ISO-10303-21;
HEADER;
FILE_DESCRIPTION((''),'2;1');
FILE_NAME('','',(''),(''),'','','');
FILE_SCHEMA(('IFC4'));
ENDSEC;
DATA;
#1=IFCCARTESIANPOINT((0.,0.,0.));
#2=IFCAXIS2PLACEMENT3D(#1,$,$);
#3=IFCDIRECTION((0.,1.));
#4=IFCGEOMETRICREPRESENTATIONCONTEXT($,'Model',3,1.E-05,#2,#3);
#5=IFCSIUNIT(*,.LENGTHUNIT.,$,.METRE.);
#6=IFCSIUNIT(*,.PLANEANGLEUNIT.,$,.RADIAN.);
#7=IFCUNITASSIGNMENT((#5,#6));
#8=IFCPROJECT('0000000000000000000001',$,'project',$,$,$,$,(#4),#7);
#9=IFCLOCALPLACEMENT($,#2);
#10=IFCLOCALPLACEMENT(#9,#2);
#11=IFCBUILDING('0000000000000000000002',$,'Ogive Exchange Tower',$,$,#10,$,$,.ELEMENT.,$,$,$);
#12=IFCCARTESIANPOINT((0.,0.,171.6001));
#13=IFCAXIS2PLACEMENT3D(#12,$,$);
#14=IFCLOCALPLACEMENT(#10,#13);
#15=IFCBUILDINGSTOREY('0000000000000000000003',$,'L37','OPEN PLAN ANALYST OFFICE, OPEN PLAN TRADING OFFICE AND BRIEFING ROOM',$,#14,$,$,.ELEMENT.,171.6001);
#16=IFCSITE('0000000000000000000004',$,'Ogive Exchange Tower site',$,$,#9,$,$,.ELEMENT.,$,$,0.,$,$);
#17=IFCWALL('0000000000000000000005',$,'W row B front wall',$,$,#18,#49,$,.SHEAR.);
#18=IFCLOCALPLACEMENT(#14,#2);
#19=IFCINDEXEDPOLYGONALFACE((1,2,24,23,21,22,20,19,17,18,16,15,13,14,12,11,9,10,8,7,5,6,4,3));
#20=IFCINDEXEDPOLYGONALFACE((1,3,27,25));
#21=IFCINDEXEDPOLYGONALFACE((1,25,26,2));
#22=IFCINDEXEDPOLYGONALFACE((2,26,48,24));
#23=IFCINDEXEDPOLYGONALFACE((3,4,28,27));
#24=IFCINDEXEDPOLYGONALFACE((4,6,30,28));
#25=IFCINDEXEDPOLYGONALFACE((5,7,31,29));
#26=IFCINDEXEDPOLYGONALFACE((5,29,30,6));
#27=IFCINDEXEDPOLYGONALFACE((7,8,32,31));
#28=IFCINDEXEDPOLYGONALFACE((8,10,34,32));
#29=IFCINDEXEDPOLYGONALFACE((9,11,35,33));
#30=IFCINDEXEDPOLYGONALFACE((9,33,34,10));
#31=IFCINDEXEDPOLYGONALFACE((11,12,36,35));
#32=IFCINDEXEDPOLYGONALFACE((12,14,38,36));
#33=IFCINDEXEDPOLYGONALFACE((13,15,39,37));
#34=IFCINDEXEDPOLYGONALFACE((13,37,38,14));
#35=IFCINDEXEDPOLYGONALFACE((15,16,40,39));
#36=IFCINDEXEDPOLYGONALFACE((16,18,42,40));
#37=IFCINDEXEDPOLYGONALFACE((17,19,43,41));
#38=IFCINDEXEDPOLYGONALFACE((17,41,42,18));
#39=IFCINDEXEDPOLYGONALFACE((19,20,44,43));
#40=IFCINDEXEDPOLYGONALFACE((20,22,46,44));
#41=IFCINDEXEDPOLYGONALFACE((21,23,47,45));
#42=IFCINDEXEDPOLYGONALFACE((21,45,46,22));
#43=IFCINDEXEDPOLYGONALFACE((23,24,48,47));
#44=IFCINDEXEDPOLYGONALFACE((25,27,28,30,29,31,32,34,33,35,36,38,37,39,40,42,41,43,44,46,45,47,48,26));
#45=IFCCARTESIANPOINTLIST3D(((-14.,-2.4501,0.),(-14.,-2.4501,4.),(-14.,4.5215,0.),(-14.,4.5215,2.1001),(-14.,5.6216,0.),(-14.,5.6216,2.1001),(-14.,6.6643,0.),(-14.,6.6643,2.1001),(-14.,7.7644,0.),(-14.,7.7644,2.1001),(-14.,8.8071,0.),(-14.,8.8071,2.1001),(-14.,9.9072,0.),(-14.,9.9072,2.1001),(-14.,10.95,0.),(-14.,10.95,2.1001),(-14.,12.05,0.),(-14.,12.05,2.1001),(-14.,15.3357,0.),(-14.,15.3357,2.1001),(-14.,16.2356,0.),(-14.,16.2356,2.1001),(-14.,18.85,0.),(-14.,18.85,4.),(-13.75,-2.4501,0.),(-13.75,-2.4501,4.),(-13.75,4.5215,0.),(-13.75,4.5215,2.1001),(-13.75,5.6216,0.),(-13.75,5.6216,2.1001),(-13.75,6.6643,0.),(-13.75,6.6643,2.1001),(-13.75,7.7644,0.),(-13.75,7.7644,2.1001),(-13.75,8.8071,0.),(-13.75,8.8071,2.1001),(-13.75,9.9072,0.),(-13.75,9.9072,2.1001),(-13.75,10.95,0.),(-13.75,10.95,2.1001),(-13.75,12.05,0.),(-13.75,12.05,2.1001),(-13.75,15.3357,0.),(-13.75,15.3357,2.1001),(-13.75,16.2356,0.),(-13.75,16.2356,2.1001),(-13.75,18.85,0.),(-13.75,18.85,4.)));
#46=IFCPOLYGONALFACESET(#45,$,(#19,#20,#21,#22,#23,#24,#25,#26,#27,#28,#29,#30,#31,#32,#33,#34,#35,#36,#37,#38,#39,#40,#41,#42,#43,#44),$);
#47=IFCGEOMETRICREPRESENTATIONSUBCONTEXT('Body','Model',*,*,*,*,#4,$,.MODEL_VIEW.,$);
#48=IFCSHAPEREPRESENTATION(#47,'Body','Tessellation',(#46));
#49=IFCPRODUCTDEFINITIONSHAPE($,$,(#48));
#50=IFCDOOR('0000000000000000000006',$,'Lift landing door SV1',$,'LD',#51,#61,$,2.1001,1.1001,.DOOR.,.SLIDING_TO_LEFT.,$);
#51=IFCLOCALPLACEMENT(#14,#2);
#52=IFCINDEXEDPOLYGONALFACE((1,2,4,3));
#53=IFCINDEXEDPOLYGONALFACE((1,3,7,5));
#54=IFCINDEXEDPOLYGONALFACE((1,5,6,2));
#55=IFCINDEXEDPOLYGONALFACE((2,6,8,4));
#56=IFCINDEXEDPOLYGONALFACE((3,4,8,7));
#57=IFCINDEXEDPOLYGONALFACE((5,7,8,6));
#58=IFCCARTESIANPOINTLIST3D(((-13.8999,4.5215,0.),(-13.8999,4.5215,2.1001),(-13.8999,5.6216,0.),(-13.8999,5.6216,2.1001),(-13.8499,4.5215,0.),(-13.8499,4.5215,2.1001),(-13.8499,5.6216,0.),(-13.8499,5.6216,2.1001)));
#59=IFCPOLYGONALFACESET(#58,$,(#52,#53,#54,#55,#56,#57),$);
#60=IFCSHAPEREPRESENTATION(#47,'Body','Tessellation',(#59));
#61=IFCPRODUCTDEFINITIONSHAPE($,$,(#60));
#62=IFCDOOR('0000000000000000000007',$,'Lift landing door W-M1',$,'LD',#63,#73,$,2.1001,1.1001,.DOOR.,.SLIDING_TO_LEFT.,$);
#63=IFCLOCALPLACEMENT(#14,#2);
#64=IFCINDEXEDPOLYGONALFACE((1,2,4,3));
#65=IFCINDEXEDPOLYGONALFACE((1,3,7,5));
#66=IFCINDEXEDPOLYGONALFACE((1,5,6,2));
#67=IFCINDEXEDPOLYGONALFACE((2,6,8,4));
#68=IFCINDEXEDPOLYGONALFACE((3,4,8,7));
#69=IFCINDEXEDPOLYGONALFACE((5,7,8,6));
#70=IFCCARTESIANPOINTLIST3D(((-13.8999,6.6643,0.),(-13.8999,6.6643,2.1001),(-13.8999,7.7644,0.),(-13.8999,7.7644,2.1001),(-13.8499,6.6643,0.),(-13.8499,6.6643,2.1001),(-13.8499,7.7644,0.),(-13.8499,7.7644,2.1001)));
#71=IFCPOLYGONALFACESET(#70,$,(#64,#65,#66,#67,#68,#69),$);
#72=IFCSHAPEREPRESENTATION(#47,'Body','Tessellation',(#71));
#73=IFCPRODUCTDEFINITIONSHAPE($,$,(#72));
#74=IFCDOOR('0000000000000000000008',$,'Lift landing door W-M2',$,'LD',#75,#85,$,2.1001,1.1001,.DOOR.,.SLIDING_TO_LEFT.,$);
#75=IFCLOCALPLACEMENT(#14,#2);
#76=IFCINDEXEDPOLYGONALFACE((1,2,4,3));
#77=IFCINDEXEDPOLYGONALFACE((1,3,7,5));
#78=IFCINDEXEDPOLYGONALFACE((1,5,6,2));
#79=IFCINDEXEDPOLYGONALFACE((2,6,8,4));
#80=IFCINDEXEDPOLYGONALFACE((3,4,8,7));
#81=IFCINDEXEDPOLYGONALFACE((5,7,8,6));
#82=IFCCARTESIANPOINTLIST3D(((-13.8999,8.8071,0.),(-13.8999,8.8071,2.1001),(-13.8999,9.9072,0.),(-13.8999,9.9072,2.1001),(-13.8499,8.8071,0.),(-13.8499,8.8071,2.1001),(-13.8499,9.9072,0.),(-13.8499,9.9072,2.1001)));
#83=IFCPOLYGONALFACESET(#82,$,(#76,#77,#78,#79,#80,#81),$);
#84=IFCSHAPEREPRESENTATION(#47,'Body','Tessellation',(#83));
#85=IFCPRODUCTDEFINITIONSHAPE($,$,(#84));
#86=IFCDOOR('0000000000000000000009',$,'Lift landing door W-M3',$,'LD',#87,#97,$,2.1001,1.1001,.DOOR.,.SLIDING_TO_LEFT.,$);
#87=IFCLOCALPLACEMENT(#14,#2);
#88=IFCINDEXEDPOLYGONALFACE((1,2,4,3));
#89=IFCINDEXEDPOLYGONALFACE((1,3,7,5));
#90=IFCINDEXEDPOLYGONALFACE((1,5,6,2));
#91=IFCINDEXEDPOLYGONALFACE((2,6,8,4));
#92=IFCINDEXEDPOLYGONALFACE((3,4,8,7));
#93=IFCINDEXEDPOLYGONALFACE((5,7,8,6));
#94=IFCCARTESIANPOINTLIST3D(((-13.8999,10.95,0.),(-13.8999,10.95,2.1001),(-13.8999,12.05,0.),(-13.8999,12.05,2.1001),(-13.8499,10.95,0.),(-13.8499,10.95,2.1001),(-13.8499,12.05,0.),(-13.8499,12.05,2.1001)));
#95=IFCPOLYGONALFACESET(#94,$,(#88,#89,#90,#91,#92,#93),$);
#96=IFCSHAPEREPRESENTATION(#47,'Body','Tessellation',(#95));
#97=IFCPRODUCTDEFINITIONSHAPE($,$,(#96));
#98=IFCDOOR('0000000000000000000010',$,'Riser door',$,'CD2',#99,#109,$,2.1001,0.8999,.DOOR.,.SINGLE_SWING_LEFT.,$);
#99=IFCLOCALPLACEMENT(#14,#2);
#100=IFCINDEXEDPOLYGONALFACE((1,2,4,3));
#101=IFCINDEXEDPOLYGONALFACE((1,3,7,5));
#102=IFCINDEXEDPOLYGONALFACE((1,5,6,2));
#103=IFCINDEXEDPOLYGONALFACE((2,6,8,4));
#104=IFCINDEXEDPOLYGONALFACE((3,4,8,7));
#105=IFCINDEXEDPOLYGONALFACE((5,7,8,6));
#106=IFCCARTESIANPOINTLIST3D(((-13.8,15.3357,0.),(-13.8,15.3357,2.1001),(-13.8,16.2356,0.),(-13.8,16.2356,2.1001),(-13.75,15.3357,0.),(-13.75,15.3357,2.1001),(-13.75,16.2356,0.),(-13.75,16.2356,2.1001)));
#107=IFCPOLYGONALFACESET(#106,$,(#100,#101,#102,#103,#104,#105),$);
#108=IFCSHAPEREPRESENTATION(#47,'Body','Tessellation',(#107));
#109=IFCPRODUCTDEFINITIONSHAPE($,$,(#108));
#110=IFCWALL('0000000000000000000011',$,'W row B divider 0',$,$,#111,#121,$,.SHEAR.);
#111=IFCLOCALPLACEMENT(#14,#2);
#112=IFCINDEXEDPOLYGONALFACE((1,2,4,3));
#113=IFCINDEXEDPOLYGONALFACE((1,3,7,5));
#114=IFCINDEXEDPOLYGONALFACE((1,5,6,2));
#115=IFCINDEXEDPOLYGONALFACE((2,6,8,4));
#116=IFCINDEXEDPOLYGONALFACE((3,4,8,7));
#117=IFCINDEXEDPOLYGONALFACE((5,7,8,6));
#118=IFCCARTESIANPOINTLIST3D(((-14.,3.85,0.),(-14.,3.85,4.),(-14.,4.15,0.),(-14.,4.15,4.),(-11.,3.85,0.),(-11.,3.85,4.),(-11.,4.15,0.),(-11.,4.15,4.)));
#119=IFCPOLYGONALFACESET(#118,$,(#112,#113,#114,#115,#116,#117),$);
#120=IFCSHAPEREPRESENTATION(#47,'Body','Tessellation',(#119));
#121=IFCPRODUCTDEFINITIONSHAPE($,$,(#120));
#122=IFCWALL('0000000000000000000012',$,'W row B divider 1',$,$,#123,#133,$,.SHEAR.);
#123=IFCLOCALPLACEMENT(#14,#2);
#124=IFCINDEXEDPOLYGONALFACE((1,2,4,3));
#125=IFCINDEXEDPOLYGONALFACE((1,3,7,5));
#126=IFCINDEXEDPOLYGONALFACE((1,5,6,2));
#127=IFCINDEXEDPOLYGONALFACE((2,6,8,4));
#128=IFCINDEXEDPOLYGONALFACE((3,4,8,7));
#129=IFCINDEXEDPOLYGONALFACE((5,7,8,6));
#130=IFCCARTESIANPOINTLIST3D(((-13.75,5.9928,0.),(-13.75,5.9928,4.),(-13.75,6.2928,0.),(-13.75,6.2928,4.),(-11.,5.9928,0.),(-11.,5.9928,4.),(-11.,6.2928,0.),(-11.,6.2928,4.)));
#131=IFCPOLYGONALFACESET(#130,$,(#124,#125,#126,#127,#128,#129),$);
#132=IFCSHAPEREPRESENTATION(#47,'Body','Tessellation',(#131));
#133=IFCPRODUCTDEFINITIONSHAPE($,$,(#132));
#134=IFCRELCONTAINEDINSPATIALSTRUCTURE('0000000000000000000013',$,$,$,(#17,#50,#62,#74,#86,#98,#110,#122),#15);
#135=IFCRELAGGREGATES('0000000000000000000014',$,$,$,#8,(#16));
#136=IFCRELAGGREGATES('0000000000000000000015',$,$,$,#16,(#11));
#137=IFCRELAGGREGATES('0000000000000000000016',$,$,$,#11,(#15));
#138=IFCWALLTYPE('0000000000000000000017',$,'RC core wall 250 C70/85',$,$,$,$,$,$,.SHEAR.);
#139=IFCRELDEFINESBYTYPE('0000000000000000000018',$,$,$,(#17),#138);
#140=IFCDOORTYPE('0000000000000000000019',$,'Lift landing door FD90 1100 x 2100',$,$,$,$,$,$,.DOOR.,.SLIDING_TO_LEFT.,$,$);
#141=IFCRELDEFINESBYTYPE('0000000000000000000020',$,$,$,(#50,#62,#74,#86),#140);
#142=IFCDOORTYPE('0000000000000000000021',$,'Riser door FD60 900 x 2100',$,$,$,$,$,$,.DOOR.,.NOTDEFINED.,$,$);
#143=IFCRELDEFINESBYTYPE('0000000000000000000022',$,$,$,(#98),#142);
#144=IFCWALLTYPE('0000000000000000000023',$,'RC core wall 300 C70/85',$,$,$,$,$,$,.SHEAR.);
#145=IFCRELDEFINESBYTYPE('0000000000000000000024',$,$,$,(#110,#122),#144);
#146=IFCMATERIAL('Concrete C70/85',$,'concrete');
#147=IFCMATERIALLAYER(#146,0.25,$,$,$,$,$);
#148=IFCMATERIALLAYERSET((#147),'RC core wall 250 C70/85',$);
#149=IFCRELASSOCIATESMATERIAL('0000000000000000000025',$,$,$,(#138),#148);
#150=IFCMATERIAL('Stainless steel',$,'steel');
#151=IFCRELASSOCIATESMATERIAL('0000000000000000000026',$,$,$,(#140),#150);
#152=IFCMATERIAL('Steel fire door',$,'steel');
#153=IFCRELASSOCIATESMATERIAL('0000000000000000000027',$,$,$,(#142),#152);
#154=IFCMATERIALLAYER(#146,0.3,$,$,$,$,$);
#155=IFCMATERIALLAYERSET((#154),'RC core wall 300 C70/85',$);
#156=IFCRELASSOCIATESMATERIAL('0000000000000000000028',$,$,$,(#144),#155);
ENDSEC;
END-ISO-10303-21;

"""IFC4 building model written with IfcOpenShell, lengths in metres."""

from ifc_helpers import new_model, si_unit, direction, frame, frame_2d, origin, place, context, subcontext, project, spatial, rectangle, extrude, material, layer, layer_set, type_object, element, fill, save


model = new_model("IFC4")

# Units and contexts
model_context = context("Model", 3, precision=1e-05, world=origin(), true_north=direction((0.0, 1.0)))
body_context = subcontext(model_context, "Body", "Model", "MODEL_VIEW")
ifc_project = project(units=[si_unit("LENGTHUNIT", "METRE"), si_unit("PLANEANGLEUNIT", "RADIAN")], contexts=[model_context])

# Site, building, storey
site_placement = place(None, origin())
site = spatial("IfcSite", under=ifc_project, at=site_placement, Name="Ogive Exchange Tower site", CompositionType="ELEMENT", RefElevation=0.0)
building_placement = place(site_placement, origin())
building = spatial("IfcBuilding", under=site, at=building_placement, Name="Ogive Exchange Tower", CompositionType="ELEMENT")
storey_placement = place(building_placement, frame((0.0, 0.0, 171.6001)))
storey = spatial("IfcBuildingStorey", under=building, at=storey_placement, Name="L37", Description="OPEN PLAN ANALYST OFFICE, OPEN PLAN TRADING OFFICE AND BRIEFING ROOM", CompositionType="ELEMENT", Elevation=171.6001)

# Shared definitions
ifc_material_1 = material(Name="Concrete C70/85", Category="concrete")
ifc_material_2 = material(Name="Steel fire door", Category="steel")
ifc_layer_1 = layer(ifc_material_1, 0.25)
ifc_layer_set_1 = layer_set([ifc_layer_1], Name="RC core wall 250 C70/85")
wall_type_1 = type_object("IfcWallType", Name="RC core wall 250 C70/85", PredefinedType="SHEAR", material=ifc_layer_set_1)

# Wall, openings, doors
ifc_material_3 = material(Name="Stainless steel", Category="steel")
door_type_1 = type_object("IfcDoorType", Name="Lift landing door FD90 1100 x 2100", OperationType="SLIDING_TO_LEFT", PredefinedType="DOOR", material=ifc_material_3)
door_type_2 = type_object("IfcDoorType", Name="Riser door FD60 900 x 2100", OperationType="NOTDEFINED", PredefinedType="DOOR", material=ifc_material_2)
wall_1_placement = place(storey_placement, frame((-13.875, -2.45, 0.0), z_axis=(0.0, 0.0, 1.0), x_axis=(0.0, 1.0, 0.0)))
wall_1 = element("IfcWall", 1, at=wall_1_placement, inside=storey, type_object=wall_type_1, Name="W row B front wall", PredefinedType="SHEAR", context=body_context, shape_type="SweptSolid", body=[
    extrude(rectangle(XDim=21.3, YDim=0.25, at=frame_2d((10.6499, 0.0))), origin(), (0.0, 0.0, 1.0), 4.0),
])
opening_1_placement = place(wall_1_placement, frame((17.7856, 0.0, 0.0)))
opening_1 = element("IfcOpeningElement", 2, at=opening_1_placement, cuts=wall_1, PredefinedType="OPENING", context=body_context, shape_type="SweptSolid", body=[
    extrude(rectangle(XDim=0.8999, YDim=2.1001, at=frame_2d((0.45, 1.05))), frame((0.0, 0.135, 0.0), z_axis=(0.0, -1.0, 0.0), x_axis=(1.0, 0.0, 0.0)), (0.0, 0.0, 1.0), 0.27),
])
opening_2_placement = place(wall_1_placement, frame((6.9714, 0.0, 0.0)))
opening_2 = element("IfcOpeningElement", 3, at=opening_2_placement, cuts=wall_1, PredefinedType="OPENING", context=body_context, shape_type="SweptSolid", body=[
    extrude(rectangle(XDim=1.1001, YDim=2.1001, at=frame_2d((0.55, 1.05))), frame((0.0, 0.135, 0.0), z_axis=(0.0, -1.0, 0.0), x_axis=(1.0, 0.0, 0.0)), (0.0, 0.0, 1.0), 0.27),
])
opening_3_placement = place(wall_1_placement, frame((9.1143, 0.0, 0.0)))
opening_3 = element("IfcOpeningElement", 4, at=opening_3_placement, cuts=wall_1, PredefinedType="OPENING", context=body_context, shape_type="SweptSolid", body=[
    extrude(rectangle(XDim=1.1001, YDim=2.1001, at=frame_2d((0.55, 1.05))), frame((0.0, 0.135, 0.0), z_axis=(0.0, -1.0, 0.0), x_axis=(1.0, 0.0, 0.0)), (0.0, 0.0, 1.0), 0.27),
])
opening_4_placement = place(wall_1_placement, frame((11.2571, 0.0, 0.0)))
opening_4 = element("IfcOpeningElement", 5, at=opening_4_placement, cuts=wall_1, PredefinedType="OPENING", context=body_context, shape_type="SweptSolid", body=[
    extrude(rectangle(XDim=1.1001, YDim=2.1001, at=frame_2d((0.55, 1.05))), frame((0.0, 0.135, 0.0), z_axis=(0.0, -1.0, 0.0), x_axis=(1.0, 0.0, 0.0)), (0.0, 0.0, 1.0), 0.27),
])
opening_5_placement = place(wall_1_placement, frame((13.3999, 0.0, 0.0)))
opening_5 = element("IfcOpeningElement", 6, at=opening_5_placement, cuts=wall_1, PredefinedType="OPENING", context=body_context, shape_type="SweptSolid", body=[
    extrude(rectangle(XDim=1.1001, YDim=2.1001, at=frame_2d((0.55, 1.05))), frame((0.0, 0.135, 0.0), z_axis=(0.0, -1.0, 0.0), x_axis=(1.0, 0.0, 0.0)), (0.0, 0.0, 1.0), 0.27),
])
door_1_placement = place(opening_2_placement, origin())
door_1 = element("IfcDoor", 7, at=door_1_placement, inside=storey, type_object=door_type_1, Name="Lift landing door SV1", ObjectType="LD", OperationType="SLIDING_TO_LEFT", OverallHeight=2.1001, OverallWidth=1.1001, PredefinedType="DOOR", context=body_context, shape_type="SweptSolid", body=[
    extrude(rectangle(XDim=1.1001, YDim=2.1001, at=frame_2d((0.55, 1.05))), frame((0.0, 0.0249, 0.0), z_axis=(0.0, -1.0, 0.0), x_axis=(1.0, 0.0, 0.0)), (0.0, 0.0, 1.0), 0.05),
])
fill(opening_2, door_1)
door_2_placement = place(opening_3_placement, origin())
door_2 = element("IfcDoor", 8, at=door_2_placement, inside=storey, type_object=door_type_1, Name="Lift landing door W-M1", ObjectType="LD", OperationType="SLIDING_TO_LEFT", OverallHeight=2.1001, OverallWidth=1.1001, PredefinedType="DOOR", context=body_context, shape_type="SweptSolid", body=[
    extrude(rectangle(XDim=1.1001, YDim=2.1001, at=frame_2d((0.55, 1.05))), frame((0.0, 0.0249, 0.0), z_axis=(0.0, -1.0, 0.0), x_axis=(1.0, 0.0, 0.0)), (0.0, 0.0, 1.0), 0.05),
])
fill(opening_3, door_2)
door_3_placement = place(opening_4_placement, origin())
door_3 = element("IfcDoor", 9, at=door_3_placement, inside=storey, type_object=door_type_1, Name="Lift landing door W-M2", ObjectType="LD", OperationType="SLIDING_TO_LEFT", OverallHeight=2.1001, OverallWidth=1.1001, PredefinedType="DOOR", context=body_context, shape_type="SweptSolid", body=[
    extrude(rectangle(XDim=1.1001, YDim=2.1001, at=frame_2d((0.55, 1.05))), frame((0.0, 0.0249, 0.0), z_axis=(0.0, -1.0, 0.0), x_axis=(1.0, 0.0, 0.0)), (0.0, 0.0, 1.0), 0.05),
])
fill(opening_4, door_3)
door_4_placement = place(opening_5_placement, origin())
door_4 = element("IfcDoor", 10, at=door_4_placement, inside=storey, type_object=door_type_1, Name="Lift landing door W-M3", ObjectType="LD", OperationType="SLIDING_TO_LEFT", OverallHeight=2.1001, OverallWidth=1.1001, PredefinedType="DOOR", context=body_context, shape_type="SweptSolid", body=[
    extrude(rectangle(XDim=1.1001, YDim=2.1001, at=frame_2d((0.55, 1.05))), frame((0.0, 0.0249, 0.0), z_axis=(0.0, -1.0, 0.0), x_axis=(1.0, 0.0, 0.0)), (0.0, 0.0, 1.0), 0.05),
])
fill(opening_5, door_4)
door_5_placement = place(opening_1_placement, frame((0.8999, -0.2002, 0.0), z_axis=(0.0, 0.0, 1.0), x_axis=(-1.0, 0.0, 0.0)))
door_5 = element("IfcDoor", 11, at=door_5_placement, inside=storey, type_object=door_type_2, Name="Riser door", ObjectType="CD2", OperationType="SINGLE_SWING_LEFT", OverallHeight=2.1001, OverallWidth=0.8999, PredefinedType="DOOR", context=body_context, shape_type="SweptSolid", body=[
    extrude(rectangle(XDim=0.8999, YDim=2.1001, at=frame_2d((0.45, 1.05))), frame((0.0, -0.0752, 0.0), z_axis=(0.0, -1.0, 0.0), x_axis=(1.0, 0.0, 0.0)), (0.0, 0.0, 1.0), 0.05),
])
fill(opening_1, door_5)

# Walls
ifc_layer_2 = layer(ifc_material_1, 0.3)
ifc_layer_set_2 = layer_set([ifc_layer_2], Name="RC core wall 300 C70/85")
wall_type_2 = type_object("IfcWallType", Name="RC core wall 300 C70/85", PredefinedType="SHEAR", material=ifc_layer_set_2)
wall_2_placement = place(storey_placement, frame((-14.0, 4.0, 0.0), z_axis=(0.0, 0.0, 1.0), x_axis=(1.0, 0.0, 0.0)))
element("IfcWall", 12, at=wall_2_placement, inside=storey, type_object=wall_type_2, Name="W row B divider 0", PredefinedType="SHEAR", context=body_context, shape_type="SweptSolid", body=[
    extrude(rectangle(XDim=3.0, YDim=0.3, at=frame_2d((1.5, 0.0))), origin(), (0.0, 0.0, 1.0), 4.0),
])
wall_3_placement = place(storey_placement, frame((-13.75, 6.1428, 0.0), z_axis=(0.0, 0.0, 1.0), x_axis=(1.0, 0.0, 0.0)))
element("IfcWall", 13, at=wall_3_placement, inside=storey, type_object=wall_type_2, Name="W row B divider 1", PredefinedType="SHEAR", context=body_context, shape_type="SweptSolid", body=[
    extrude(rectangle(XDim=2.75, YDim=0.3, at=frame_2d((1.375, 0.0))), origin(), (0.0, 0.0, 1.0), 4.0),
])

save(model, "model.ifc")
